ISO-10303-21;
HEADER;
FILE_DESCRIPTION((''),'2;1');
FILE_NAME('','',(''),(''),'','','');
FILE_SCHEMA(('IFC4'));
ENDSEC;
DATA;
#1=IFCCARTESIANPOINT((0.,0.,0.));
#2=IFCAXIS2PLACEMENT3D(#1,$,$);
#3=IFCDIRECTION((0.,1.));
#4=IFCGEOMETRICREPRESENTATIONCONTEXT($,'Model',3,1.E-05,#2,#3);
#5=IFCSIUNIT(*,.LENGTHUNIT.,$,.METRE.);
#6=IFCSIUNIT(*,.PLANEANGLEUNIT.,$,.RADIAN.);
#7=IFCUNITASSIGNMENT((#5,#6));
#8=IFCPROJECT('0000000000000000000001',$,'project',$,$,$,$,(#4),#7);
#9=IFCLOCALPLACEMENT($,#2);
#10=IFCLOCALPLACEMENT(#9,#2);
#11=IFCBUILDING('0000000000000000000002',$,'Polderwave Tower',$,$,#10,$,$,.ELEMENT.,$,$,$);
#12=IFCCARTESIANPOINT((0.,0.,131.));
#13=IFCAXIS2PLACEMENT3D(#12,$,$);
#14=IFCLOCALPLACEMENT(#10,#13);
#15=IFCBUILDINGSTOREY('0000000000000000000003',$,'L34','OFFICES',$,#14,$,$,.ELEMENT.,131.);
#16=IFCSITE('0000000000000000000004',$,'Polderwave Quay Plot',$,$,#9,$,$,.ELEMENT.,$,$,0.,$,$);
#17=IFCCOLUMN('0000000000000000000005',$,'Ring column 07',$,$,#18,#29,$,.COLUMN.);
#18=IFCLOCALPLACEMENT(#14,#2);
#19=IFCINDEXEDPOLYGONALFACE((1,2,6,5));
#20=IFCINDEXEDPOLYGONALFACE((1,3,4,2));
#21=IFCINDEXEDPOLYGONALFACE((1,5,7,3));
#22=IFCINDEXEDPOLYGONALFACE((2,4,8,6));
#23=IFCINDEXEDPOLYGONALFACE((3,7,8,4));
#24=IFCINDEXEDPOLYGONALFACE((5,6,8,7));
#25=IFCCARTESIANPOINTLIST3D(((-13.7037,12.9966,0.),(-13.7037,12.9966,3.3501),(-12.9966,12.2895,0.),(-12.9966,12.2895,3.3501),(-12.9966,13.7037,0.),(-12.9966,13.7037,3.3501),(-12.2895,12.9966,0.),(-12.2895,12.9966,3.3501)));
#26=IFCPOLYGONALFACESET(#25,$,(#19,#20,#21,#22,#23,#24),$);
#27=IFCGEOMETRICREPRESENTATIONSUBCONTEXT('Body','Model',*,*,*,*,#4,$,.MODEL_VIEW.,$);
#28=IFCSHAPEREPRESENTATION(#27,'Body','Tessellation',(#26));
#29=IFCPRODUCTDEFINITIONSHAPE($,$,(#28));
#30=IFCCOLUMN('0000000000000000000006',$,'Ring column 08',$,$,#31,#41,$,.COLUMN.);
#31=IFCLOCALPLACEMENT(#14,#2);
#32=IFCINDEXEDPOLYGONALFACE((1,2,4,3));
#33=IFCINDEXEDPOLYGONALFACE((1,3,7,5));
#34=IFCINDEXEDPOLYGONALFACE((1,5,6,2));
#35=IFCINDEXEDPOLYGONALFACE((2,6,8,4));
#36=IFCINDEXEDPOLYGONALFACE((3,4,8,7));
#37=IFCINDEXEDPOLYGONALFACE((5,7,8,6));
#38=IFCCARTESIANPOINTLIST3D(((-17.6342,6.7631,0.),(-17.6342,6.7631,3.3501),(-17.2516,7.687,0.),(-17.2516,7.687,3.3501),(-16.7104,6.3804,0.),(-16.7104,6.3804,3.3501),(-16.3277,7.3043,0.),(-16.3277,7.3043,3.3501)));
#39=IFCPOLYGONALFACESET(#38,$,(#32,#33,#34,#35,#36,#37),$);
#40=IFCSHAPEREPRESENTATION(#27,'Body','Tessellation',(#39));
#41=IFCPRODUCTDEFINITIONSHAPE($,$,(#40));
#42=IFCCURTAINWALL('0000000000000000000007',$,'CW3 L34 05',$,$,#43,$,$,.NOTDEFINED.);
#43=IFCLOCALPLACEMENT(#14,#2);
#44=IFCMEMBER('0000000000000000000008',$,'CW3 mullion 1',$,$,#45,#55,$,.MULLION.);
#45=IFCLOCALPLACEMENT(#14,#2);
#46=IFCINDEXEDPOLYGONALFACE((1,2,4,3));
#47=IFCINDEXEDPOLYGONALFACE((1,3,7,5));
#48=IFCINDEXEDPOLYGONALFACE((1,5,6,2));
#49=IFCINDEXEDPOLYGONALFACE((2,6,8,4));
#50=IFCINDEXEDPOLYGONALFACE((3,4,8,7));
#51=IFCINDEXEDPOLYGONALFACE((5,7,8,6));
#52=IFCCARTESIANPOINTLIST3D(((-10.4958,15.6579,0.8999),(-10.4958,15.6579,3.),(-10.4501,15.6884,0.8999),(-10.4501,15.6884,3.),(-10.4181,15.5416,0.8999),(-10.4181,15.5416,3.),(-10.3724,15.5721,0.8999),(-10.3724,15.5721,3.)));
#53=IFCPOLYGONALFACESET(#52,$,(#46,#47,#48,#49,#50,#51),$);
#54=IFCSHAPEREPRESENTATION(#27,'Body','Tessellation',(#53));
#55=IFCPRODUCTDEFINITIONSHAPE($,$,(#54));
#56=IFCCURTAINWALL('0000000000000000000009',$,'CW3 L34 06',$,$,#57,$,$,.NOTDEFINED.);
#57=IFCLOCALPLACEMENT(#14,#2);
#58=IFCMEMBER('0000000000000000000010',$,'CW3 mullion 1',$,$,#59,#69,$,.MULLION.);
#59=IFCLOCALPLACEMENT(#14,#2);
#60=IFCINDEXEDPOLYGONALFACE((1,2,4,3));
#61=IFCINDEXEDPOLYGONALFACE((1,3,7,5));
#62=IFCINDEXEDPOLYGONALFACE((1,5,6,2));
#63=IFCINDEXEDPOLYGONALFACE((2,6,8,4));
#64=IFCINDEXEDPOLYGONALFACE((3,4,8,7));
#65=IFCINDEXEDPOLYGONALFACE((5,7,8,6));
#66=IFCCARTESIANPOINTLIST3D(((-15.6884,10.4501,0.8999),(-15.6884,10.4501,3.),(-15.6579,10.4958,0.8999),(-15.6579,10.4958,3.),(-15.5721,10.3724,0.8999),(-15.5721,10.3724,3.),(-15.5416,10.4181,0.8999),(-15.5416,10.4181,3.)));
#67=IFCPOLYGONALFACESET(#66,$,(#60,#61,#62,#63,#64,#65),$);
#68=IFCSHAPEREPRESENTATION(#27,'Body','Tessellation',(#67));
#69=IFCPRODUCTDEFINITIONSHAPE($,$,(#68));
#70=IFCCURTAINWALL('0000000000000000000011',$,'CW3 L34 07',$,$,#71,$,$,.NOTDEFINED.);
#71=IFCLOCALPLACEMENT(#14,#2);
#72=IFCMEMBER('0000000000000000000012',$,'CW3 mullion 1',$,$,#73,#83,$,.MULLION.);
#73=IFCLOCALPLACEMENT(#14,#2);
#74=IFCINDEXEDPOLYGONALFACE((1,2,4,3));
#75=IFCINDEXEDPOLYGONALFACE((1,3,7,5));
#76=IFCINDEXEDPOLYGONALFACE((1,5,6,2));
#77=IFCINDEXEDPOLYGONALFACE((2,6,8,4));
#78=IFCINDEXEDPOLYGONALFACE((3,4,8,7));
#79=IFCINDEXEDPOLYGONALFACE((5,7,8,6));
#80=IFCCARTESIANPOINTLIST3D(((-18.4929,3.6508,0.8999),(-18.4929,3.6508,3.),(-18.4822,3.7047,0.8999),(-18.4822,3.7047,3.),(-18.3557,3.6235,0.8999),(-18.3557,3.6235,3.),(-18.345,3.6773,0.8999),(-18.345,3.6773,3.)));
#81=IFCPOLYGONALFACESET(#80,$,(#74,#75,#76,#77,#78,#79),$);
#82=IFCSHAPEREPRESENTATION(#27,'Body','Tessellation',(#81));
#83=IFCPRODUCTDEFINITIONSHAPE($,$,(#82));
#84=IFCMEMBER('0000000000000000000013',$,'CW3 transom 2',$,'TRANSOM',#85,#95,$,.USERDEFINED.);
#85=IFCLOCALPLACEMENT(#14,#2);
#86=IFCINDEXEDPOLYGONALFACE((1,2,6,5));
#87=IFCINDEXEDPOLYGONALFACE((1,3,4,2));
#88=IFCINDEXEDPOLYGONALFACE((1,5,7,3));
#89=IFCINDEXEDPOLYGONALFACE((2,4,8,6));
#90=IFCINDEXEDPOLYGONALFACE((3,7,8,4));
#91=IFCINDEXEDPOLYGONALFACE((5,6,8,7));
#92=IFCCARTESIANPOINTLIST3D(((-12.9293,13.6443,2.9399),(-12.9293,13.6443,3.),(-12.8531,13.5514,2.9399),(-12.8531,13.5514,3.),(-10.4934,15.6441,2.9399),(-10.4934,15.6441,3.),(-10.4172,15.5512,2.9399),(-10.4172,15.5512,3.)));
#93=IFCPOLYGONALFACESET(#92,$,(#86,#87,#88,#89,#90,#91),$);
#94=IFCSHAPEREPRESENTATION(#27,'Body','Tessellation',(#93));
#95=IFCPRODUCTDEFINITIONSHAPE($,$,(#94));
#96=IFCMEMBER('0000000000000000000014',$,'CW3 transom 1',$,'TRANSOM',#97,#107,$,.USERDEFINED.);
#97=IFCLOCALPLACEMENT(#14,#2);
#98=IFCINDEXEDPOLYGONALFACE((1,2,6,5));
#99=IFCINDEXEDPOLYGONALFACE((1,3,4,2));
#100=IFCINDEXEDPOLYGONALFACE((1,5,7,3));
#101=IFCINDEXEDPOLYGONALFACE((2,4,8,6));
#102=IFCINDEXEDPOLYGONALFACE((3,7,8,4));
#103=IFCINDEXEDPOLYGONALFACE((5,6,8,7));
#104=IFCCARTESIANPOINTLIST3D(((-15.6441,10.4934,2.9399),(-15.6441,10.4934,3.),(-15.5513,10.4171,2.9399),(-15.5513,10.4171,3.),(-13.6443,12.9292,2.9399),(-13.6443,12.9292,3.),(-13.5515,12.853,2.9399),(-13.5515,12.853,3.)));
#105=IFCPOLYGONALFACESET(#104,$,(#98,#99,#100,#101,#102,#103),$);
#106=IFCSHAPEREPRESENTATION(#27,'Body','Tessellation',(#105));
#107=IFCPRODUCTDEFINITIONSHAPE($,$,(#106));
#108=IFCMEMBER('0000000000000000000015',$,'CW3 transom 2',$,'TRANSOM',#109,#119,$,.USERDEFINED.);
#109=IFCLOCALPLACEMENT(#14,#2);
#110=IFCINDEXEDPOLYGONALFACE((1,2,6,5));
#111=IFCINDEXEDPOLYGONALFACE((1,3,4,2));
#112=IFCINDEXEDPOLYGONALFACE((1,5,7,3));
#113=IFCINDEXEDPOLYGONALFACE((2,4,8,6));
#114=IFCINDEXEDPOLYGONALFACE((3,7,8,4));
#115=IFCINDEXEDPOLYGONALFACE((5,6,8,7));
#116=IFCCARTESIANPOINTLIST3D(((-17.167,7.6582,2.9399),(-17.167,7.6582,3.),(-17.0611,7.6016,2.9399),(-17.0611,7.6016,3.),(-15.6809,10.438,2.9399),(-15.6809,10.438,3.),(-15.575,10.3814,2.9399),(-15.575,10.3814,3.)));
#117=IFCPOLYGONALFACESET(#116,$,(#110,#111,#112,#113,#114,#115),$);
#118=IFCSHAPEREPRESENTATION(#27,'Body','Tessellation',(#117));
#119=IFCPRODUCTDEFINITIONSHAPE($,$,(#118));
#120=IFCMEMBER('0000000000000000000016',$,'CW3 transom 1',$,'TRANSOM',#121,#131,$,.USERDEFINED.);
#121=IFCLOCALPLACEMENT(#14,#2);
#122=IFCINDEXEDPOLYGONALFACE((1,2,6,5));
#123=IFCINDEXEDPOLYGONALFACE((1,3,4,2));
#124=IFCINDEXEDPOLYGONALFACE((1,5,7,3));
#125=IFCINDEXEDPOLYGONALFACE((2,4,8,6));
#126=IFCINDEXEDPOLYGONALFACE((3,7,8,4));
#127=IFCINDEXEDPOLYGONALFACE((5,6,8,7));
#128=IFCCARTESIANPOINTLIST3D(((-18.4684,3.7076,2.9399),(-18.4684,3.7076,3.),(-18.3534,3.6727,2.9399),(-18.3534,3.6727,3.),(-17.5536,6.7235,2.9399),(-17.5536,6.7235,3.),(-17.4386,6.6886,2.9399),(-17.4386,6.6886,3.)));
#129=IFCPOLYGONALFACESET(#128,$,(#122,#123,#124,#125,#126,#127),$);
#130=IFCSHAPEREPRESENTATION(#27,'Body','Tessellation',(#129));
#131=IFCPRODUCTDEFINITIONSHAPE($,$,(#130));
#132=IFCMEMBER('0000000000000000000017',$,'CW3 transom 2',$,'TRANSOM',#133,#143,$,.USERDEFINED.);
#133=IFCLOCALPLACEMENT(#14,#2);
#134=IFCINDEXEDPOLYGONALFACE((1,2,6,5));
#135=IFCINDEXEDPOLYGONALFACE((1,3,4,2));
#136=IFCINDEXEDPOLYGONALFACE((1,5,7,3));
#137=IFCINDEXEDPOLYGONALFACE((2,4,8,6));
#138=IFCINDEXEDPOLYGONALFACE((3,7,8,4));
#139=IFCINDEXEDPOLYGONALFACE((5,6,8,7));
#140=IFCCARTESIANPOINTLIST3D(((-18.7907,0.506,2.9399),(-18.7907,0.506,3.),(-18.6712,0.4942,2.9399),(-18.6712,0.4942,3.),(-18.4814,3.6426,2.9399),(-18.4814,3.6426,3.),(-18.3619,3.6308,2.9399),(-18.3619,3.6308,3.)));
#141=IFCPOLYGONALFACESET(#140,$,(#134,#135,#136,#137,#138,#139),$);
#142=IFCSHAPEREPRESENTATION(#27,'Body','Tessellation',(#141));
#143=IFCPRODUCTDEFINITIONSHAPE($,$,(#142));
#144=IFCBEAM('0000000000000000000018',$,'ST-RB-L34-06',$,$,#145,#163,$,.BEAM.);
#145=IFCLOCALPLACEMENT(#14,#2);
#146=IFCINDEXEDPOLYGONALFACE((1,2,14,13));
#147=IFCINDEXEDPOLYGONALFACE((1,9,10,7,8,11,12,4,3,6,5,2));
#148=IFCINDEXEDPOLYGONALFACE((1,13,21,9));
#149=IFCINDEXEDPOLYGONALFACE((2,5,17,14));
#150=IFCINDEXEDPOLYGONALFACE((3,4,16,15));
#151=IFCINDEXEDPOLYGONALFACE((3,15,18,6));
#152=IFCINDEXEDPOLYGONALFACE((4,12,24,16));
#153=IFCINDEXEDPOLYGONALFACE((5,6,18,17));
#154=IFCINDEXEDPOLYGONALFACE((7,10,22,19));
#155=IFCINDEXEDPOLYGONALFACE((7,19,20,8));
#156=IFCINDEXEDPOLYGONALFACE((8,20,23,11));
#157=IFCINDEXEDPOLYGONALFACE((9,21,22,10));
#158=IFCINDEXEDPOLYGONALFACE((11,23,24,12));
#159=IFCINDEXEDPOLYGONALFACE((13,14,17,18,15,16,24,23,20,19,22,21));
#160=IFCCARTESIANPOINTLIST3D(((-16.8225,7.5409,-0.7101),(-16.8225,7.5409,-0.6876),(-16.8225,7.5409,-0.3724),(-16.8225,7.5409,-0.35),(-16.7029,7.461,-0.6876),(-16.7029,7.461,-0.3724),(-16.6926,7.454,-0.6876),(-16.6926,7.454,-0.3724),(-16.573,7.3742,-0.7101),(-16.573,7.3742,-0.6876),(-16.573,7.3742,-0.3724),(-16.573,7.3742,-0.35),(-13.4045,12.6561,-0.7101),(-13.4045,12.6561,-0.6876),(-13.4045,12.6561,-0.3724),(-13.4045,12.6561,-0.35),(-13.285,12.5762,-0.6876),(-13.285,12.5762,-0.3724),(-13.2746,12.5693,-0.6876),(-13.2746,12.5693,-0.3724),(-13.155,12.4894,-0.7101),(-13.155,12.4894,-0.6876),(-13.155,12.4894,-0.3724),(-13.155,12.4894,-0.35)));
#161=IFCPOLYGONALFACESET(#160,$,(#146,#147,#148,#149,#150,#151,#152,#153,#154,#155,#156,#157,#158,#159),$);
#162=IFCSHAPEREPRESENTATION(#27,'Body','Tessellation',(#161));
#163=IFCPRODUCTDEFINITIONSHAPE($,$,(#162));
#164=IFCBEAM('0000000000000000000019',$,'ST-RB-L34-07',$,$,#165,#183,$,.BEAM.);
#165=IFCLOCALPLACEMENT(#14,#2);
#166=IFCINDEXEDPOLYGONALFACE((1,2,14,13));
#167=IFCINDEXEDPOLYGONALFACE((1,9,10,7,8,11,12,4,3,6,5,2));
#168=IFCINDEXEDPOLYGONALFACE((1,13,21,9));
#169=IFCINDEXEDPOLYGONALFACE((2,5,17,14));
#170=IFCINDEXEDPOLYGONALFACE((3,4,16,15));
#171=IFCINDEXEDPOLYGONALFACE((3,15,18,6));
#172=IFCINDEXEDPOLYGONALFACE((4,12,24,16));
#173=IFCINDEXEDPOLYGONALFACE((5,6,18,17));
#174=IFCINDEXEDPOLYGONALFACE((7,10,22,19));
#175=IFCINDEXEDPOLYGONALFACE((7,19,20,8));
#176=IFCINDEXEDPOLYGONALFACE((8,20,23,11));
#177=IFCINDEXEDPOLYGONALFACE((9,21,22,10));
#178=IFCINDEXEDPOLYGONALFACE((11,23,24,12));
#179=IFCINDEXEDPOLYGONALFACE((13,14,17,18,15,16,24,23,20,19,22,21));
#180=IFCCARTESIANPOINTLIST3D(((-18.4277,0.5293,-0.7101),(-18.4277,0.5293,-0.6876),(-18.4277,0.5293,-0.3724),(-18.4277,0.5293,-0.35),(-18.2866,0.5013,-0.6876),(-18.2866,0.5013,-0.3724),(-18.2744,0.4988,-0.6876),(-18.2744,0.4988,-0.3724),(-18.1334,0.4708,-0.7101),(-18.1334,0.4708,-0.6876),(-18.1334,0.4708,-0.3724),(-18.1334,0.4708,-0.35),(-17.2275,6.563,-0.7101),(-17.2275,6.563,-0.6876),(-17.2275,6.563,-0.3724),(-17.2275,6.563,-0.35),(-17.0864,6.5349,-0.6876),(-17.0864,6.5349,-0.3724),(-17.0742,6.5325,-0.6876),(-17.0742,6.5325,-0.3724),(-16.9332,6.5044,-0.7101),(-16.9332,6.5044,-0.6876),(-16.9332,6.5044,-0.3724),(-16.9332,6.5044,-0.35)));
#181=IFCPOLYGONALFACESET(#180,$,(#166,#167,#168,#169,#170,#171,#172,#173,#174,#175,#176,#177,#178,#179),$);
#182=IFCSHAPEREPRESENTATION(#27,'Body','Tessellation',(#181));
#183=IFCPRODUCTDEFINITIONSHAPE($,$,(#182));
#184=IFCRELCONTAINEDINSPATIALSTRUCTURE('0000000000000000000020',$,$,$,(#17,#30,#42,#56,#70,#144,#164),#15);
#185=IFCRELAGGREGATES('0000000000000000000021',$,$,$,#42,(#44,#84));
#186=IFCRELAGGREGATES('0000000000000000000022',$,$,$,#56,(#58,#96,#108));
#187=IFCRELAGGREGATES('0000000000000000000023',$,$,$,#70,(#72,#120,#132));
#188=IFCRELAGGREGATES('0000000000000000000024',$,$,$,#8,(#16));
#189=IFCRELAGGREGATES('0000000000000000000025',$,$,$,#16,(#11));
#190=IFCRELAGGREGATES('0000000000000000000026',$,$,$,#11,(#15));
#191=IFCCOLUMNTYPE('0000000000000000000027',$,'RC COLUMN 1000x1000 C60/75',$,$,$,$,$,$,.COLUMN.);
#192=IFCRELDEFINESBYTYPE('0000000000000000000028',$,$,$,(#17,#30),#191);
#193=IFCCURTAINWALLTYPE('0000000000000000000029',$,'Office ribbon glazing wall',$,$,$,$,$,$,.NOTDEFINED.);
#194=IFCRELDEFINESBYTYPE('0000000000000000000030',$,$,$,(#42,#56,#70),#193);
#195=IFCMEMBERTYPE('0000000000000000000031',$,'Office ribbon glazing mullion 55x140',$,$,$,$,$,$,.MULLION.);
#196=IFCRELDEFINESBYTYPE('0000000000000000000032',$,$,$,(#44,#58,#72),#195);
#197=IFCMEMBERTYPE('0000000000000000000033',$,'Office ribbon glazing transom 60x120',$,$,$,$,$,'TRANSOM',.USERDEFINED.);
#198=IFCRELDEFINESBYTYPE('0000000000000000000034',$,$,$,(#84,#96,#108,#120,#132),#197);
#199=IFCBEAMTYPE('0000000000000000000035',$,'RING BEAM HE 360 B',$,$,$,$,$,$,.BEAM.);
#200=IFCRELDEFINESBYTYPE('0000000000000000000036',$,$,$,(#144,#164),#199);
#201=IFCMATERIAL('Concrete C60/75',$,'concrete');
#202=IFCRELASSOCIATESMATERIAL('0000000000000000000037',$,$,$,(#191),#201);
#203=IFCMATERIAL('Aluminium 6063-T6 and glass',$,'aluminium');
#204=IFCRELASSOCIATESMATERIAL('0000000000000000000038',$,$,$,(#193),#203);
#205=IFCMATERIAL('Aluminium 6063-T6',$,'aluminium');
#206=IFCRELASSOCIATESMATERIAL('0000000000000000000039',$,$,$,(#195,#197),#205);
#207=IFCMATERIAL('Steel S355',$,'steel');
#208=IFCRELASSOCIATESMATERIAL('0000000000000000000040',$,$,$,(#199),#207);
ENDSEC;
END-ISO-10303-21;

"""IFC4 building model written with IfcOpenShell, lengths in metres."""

from ifc_helpers import new_model, si_unit, direction, frame, origin, origin_2d, place, context, subcontext, project, spatial, rectangle, i_section, extrude, material, material_profile, profile_set, type_object, element, aggregate, save


model = new_model("IFC4")

# Units and contexts
model_context = context("Model", 3, precision=1e-05, world=origin(), true_north=direction((0.0, 1.0)))
body_context = subcontext(model_context, "Body", "Model", "MODEL_VIEW")
ifc_project = project(units=[si_unit("LENGTHUNIT", "METRE"), si_unit("PLANEANGLEUNIT", "RADIAN")], contexts=[model_context])

# Site, building, storey
site_placement = place(None, origin())
site = spatial("IfcSite", under=ifc_project, at=site_placement, Name="Polderwave Quay Plot", CompositionType="ELEMENT", RefElevation=0.0)
building_placement = place(site_placement, origin())
building = spatial("IfcBuilding", under=site, at=building_placement, Name="Polderwave Tower", CompositionType="ELEMENT")
storey_placement = place(building_placement, frame((0.0, 0.0, 131.0)))
storey = spatial("IfcBuildingStorey", under=building, at=storey_placement, Name="L34", Description="OFFICES", CompositionType="ELEMENT", Elevation=131.0)

# Columns
ifc_material_1 = material(Name="Concrete C60/75", Category="concrete")
ifc_material_profile_1 = material_profile(ifc_material_1, rectangle(XDim=1.0, YDim=1.0, at=origin_2d()), Name="RC 1000x1000")
ifc_profile_set_1 = profile_set([ifc_material_profile_1], Name="Concrete C60/75")
column_type = type_object("IfcColumnType", Name="RC COLUMN 1000x1000 C60/75", PredefinedType="COLUMN", material=ifc_profile_set_1)
for number, where, z_axis, x_axis, name in (
    (1, (-12.9966, 12.9966, 0.0), (0.0, 0.0, 1.0), (-0.707107, 0.707107, 0.0), "Ring column 07"),
    (2, (-16.981, 7.0337, 0.0), (0.0, 0.0, 1.0), (-0.92388, 0.382683, 0.0), "Ring column 08"),
):
    element("IfcColumn", number, at=place(storey_placement, frame(where, z_axis=z_axis, x_axis=x_axis)), inside=storey, type_object=column_type, Name=name, PredefinedType="COLUMN", context=body_context, shape_type="SweptSolid", body=[
        extrude(rectangle(XDim=1.0, YDim=1.0, at=origin_2d()), origin(), (0.0, 0.0, 1.0), 3.3501),
    ])

# Curtain walls, members
ifc_material_2 = material(Name="Aluminium 6063-T6 and glass", Category="aluminium")
curtain_wall_type = type_object("IfcCurtainWallType", Name="Office ribbon glazing wall", PredefinedType="NOTDEFINED", material=ifc_material_2)
curtain_wall_1_placement = place(storey_placement, origin())
curtain_wall_1 = element("IfcCurtainWall", 3, at=curtain_wall_1_placement, inside=storey, type_object=curtain_wall_type, Name="CW3 L34 05", PredefinedType="NOTDEFINED")
ifc_material_3 = material(Name="Aluminium 6063-T6", Category="aluminium")
ifc_material_profile_2 = material_profile(ifc_material_3, rectangle(XDim=0.1399, YDim=0.0549, at=origin_2d()), Name="AL 55x140")
ifc_profile_set_2 = profile_set([ifc_material_profile_2], Name="Aluminium 6063-T6")
member_type_1 = type_object("IfcMemberType", Name="Office ribbon glazing mullion 55x140", PredefinedType="MULLION", material=ifc_profile_set_2)
member_1_placement = place(storey_placement, frame((-10.4341, 15.615, 0.8999), z_axis=(0.0, 0.0, 1.0), x_axis=(0.555657, -0.831411, 0.0)))
member_1 = element("IfcMember", 4, at=member_1_placement, type_object=member_type_1, Name="CW3 mullion 1", PredefinedType="MULLION", context=body_context, shape_type="SweptSolid", body=[
    extrude(rectangle(XDim=0.1399, YDim=0.0549, at=origin_2d()), origin(), (0.0, 0.0, 1.0), 2.1001),
])
curtain_wall_2_placement = place(storey_placement, origin())
curtain_wall_2 = element("IfcCurtainWall", 5, at=curtain_wall_2_placement, inside=storey, type_object=curtain_wall_type, Name="CW3 L34 06", PredefinedType="NOTDEFINED")
member_2_placement = place(storey_placement, frame((-15.615, 10.4341, 0.8999), z_axis=(0.0, 0.0, 1.0), x_axis=(0.831411, -0.555657, 0.0)))
member_2 = element("IfcMember", 6, at=member_2_placement, type_object=member_type_1, Name="CW3 mullion 1", PredefinedType="MULLION", context=body_context, shape_type="SweptSolid", body=[
    extrude(rectangle(XDim=0.1399, YDim=0.0549, at=origin_2d()), origin(), (0.0, 0.0, 1.0), 2.1001),
])
curtain_wall_3_placement = place(storey_placement, origin())
curtain_wall_3 = element("IfcCurtainWall", 7, at=curtain_wall_3_placement, inside=storey, type_object=curtain_wall_type, Name="CW3 L34 07", PredefinedType="NOTDEFINED")
member_3_placement = place(storey_placement, frame((-18.4189, 3.6641, 0.8999), z_axis=(0.0, 0.0, 1.0), x_axis=(0.980768, -0.195179, 0.0)))
member_3 = element("IfcMember", 8, at=member_3_placement, type_object=member_type_1, Name="CW3 mullion 1", PredefinedType="MULLION", context=body_context, shape_type="SweptSolid", body=[
    extrude(rectangle(XDim=0.1399, YDim=0.0549, at=origin_2d()), origin(), (0.0, 0.0, 1.0), 2.1001),
])

# Members
ifc_material_profile_3 = material_profile(ifc_material_3, rectangle(XDim=0.1201, YDim=0.0601, at=origin_2d()), Name="AL 60x120")
ifc_profile_set_3 = profile_set([ifc_material_profile_3], Name="Aluminium 6063-T6")
member_type_2 = type_object("IfcMemberType", Name="Office ribbon glazing transom 60x120", ElementType="TRANSOM", PredefinedType="USERDEFINED", material=ifc_profile_set_3)
member_4_placement = place(storey_placement, frame((-10.4553, 15.5977, 2.97), z_axis=(-0.772893, -0.634536, 0.0), x_axis=(0.634536, -0.772893, 0.0)))
member_4 = element("IfcMember", 9, at=member_4_placement, type_object=member_type_2, Name="CW3 transom 2", ObjectType="TRANSOM", PredefinedType="USERDEFINED", context=body_context, shape_type="SweptSolid", body=[
    extrude(rectangle(XDim=0.1201, YDim=0.0601, at=origin_2d()), origin(), (0.0, 0.0, 1.0), 3.1516),
])
member_5_placement = place(storey_placement, frame((-13.5979, 12.8911, 2.97), z_axis=(-0.634536, -0.772893, 0.0), x_axis=(0.772893, -0.634536, 0.0)))
member_5 = element("IfcMember", 10, at=member_5_placement, type_object=member_type_2, Name="CW3 transom 1", ObjectType="TRANSOM", PredefinedType="USERDEFINED", context=body_context, shape_type="SweptSolid", body=[
    extrude(rectangle(XDim=0.1201, YDim=0.0601, at=origin_2d()), origin(), (0.0, 0.0, 1.0), 3.1516),
])
member_6_placement = place(storey_placement, frame((-15.6279, 10.4097, 2.97), z_axis=(-0.47146, -0.881887, 0.0), x_axis=(0.881887, -0.47146, 0.0)))
member_6 = element("IfcMember", 11, at=member_6_placement, type_object=member_type_2, Name="CW3 transom 2", ObjectType="TRANSOM", PredefinedType="USERDEFINED", context=body_context, shape_type="SweptSolid", body=[
    extrude(rectangle(XDim=0.1201, YDim=0.0601, at=origin_2d()), origin(), (0.0, 0.0, 1.0), 3.1521),
])
member_7_placement = place(storey_placement, frame((-17.4961, 6.7061, 2.97), z_axis=(-0.290268, -0.956946, 0.0), x_axis=(0.956946, -0.290268, 0.0)))
member_7 = element("IfcMember", 12, at=member_7_placement, type_object=member_type_2, Name="CW3 transom 1", ObjectType="TRANSOM", PredefinedType="USERDEFINED", context=body_context, shape_type="SweptSolid", body=[
    extrude(rectangle(XDim=0.1201, YDim=0.0601, at=origin_2d()), origin(), (0.0, 0.0, 1.0), 3.1516),
])
member_8_placement = place(storey_placement, frame((-18.4216, 3.6367, 2.97), z_axis=(-0.098139, -0.995173, 0.0), x_axis=(0.995173, -0.098139, 0.0)))
member_8 = element("IfcMember", 13, at=member_8_placement, type_object=member_type_2, Name="CW3 transom 2", ObjectType="TRANSOM", PredefinedType="USERDEFINED", context=body_context, shape_type="SweptSolid", body=[
    extrude(rectangle(XDim=0.1201, YDim=0.0601, at=origin_2d()), origin(), (0.0, 0.0, 1.0), 3.1519),
])

# Beams
ifc_material_4 = material(Name="Steel S355", Category="steel")
ifc_material_profile_4 = material_profile(ifc_material_4, i_section(OverallWidth=0.3, OverallDepth=0.3601, WebThickness=0.0125, FlangeThickness=0.0225, at=origin_2d()), Name="HE 360 B")
ifc_profile_set_4 = profile_set([ifc_material_profile_4], Name="Steel S355")
beam_type = type_object("IfcBeamType", Name="RING BEAM HE 360 B", PredefinedType="BEAM", material=ifc_profile_set_4)
beam_1_placement = place(storey_placement, frame((-13.2798, 12.5728, -0.53), z_axis=(-0.555579, -0.831464, 0.0), x_axis=(0.831464, -0.555579, 0.0)))
element("IfcBeam", 14, at=beam_1_placement, inside=storey, type_object=beam_type, Name="ST-RB-L34-06", PredefinedType="BEAM", context=body_context, shape_type="SweptSolid", body=[
    extrude(i_section(OverallWidth=0.3, OverallDepth=0.3601, WebThickness=0.0125, FlangeThickness=0.0225, at=origin_2d()), origin(), (0.0, 0.0, 1.0), 6.1521),
])
beam_2_placement = place(storey_placement, frame((-17.0803, 6.5337, -0.53), z_axis=(-0.195093, -0.980785, 0.0), x_axis=(0.980785, -0.195093, 0.0)))
element("IfcBeam", 15, at=beam_2_placement, inside=storey, type_object=beam_type, Name="ST-RB-L34-07", PredefinedType="BEAM", context=body_context, shape_type="SweptSolid", body=[
    extrude(i_section(OverallWidth=0.3, OverallDepth=0.3601, WebThickness=0.0125, FlangeThickness=0.0225, at=origin_2d()), origin(), (0.0, 0.0, 1.0), 6.1519),
])

aggregate(curtain_wall_1, [member_1, member_4])
aggregate(curtain_wall_2, [member_2, member_5, member_6])
aggregate(curtain_wall_3, [member_3, member_7, member_8])

save(model, "model.ifc")
